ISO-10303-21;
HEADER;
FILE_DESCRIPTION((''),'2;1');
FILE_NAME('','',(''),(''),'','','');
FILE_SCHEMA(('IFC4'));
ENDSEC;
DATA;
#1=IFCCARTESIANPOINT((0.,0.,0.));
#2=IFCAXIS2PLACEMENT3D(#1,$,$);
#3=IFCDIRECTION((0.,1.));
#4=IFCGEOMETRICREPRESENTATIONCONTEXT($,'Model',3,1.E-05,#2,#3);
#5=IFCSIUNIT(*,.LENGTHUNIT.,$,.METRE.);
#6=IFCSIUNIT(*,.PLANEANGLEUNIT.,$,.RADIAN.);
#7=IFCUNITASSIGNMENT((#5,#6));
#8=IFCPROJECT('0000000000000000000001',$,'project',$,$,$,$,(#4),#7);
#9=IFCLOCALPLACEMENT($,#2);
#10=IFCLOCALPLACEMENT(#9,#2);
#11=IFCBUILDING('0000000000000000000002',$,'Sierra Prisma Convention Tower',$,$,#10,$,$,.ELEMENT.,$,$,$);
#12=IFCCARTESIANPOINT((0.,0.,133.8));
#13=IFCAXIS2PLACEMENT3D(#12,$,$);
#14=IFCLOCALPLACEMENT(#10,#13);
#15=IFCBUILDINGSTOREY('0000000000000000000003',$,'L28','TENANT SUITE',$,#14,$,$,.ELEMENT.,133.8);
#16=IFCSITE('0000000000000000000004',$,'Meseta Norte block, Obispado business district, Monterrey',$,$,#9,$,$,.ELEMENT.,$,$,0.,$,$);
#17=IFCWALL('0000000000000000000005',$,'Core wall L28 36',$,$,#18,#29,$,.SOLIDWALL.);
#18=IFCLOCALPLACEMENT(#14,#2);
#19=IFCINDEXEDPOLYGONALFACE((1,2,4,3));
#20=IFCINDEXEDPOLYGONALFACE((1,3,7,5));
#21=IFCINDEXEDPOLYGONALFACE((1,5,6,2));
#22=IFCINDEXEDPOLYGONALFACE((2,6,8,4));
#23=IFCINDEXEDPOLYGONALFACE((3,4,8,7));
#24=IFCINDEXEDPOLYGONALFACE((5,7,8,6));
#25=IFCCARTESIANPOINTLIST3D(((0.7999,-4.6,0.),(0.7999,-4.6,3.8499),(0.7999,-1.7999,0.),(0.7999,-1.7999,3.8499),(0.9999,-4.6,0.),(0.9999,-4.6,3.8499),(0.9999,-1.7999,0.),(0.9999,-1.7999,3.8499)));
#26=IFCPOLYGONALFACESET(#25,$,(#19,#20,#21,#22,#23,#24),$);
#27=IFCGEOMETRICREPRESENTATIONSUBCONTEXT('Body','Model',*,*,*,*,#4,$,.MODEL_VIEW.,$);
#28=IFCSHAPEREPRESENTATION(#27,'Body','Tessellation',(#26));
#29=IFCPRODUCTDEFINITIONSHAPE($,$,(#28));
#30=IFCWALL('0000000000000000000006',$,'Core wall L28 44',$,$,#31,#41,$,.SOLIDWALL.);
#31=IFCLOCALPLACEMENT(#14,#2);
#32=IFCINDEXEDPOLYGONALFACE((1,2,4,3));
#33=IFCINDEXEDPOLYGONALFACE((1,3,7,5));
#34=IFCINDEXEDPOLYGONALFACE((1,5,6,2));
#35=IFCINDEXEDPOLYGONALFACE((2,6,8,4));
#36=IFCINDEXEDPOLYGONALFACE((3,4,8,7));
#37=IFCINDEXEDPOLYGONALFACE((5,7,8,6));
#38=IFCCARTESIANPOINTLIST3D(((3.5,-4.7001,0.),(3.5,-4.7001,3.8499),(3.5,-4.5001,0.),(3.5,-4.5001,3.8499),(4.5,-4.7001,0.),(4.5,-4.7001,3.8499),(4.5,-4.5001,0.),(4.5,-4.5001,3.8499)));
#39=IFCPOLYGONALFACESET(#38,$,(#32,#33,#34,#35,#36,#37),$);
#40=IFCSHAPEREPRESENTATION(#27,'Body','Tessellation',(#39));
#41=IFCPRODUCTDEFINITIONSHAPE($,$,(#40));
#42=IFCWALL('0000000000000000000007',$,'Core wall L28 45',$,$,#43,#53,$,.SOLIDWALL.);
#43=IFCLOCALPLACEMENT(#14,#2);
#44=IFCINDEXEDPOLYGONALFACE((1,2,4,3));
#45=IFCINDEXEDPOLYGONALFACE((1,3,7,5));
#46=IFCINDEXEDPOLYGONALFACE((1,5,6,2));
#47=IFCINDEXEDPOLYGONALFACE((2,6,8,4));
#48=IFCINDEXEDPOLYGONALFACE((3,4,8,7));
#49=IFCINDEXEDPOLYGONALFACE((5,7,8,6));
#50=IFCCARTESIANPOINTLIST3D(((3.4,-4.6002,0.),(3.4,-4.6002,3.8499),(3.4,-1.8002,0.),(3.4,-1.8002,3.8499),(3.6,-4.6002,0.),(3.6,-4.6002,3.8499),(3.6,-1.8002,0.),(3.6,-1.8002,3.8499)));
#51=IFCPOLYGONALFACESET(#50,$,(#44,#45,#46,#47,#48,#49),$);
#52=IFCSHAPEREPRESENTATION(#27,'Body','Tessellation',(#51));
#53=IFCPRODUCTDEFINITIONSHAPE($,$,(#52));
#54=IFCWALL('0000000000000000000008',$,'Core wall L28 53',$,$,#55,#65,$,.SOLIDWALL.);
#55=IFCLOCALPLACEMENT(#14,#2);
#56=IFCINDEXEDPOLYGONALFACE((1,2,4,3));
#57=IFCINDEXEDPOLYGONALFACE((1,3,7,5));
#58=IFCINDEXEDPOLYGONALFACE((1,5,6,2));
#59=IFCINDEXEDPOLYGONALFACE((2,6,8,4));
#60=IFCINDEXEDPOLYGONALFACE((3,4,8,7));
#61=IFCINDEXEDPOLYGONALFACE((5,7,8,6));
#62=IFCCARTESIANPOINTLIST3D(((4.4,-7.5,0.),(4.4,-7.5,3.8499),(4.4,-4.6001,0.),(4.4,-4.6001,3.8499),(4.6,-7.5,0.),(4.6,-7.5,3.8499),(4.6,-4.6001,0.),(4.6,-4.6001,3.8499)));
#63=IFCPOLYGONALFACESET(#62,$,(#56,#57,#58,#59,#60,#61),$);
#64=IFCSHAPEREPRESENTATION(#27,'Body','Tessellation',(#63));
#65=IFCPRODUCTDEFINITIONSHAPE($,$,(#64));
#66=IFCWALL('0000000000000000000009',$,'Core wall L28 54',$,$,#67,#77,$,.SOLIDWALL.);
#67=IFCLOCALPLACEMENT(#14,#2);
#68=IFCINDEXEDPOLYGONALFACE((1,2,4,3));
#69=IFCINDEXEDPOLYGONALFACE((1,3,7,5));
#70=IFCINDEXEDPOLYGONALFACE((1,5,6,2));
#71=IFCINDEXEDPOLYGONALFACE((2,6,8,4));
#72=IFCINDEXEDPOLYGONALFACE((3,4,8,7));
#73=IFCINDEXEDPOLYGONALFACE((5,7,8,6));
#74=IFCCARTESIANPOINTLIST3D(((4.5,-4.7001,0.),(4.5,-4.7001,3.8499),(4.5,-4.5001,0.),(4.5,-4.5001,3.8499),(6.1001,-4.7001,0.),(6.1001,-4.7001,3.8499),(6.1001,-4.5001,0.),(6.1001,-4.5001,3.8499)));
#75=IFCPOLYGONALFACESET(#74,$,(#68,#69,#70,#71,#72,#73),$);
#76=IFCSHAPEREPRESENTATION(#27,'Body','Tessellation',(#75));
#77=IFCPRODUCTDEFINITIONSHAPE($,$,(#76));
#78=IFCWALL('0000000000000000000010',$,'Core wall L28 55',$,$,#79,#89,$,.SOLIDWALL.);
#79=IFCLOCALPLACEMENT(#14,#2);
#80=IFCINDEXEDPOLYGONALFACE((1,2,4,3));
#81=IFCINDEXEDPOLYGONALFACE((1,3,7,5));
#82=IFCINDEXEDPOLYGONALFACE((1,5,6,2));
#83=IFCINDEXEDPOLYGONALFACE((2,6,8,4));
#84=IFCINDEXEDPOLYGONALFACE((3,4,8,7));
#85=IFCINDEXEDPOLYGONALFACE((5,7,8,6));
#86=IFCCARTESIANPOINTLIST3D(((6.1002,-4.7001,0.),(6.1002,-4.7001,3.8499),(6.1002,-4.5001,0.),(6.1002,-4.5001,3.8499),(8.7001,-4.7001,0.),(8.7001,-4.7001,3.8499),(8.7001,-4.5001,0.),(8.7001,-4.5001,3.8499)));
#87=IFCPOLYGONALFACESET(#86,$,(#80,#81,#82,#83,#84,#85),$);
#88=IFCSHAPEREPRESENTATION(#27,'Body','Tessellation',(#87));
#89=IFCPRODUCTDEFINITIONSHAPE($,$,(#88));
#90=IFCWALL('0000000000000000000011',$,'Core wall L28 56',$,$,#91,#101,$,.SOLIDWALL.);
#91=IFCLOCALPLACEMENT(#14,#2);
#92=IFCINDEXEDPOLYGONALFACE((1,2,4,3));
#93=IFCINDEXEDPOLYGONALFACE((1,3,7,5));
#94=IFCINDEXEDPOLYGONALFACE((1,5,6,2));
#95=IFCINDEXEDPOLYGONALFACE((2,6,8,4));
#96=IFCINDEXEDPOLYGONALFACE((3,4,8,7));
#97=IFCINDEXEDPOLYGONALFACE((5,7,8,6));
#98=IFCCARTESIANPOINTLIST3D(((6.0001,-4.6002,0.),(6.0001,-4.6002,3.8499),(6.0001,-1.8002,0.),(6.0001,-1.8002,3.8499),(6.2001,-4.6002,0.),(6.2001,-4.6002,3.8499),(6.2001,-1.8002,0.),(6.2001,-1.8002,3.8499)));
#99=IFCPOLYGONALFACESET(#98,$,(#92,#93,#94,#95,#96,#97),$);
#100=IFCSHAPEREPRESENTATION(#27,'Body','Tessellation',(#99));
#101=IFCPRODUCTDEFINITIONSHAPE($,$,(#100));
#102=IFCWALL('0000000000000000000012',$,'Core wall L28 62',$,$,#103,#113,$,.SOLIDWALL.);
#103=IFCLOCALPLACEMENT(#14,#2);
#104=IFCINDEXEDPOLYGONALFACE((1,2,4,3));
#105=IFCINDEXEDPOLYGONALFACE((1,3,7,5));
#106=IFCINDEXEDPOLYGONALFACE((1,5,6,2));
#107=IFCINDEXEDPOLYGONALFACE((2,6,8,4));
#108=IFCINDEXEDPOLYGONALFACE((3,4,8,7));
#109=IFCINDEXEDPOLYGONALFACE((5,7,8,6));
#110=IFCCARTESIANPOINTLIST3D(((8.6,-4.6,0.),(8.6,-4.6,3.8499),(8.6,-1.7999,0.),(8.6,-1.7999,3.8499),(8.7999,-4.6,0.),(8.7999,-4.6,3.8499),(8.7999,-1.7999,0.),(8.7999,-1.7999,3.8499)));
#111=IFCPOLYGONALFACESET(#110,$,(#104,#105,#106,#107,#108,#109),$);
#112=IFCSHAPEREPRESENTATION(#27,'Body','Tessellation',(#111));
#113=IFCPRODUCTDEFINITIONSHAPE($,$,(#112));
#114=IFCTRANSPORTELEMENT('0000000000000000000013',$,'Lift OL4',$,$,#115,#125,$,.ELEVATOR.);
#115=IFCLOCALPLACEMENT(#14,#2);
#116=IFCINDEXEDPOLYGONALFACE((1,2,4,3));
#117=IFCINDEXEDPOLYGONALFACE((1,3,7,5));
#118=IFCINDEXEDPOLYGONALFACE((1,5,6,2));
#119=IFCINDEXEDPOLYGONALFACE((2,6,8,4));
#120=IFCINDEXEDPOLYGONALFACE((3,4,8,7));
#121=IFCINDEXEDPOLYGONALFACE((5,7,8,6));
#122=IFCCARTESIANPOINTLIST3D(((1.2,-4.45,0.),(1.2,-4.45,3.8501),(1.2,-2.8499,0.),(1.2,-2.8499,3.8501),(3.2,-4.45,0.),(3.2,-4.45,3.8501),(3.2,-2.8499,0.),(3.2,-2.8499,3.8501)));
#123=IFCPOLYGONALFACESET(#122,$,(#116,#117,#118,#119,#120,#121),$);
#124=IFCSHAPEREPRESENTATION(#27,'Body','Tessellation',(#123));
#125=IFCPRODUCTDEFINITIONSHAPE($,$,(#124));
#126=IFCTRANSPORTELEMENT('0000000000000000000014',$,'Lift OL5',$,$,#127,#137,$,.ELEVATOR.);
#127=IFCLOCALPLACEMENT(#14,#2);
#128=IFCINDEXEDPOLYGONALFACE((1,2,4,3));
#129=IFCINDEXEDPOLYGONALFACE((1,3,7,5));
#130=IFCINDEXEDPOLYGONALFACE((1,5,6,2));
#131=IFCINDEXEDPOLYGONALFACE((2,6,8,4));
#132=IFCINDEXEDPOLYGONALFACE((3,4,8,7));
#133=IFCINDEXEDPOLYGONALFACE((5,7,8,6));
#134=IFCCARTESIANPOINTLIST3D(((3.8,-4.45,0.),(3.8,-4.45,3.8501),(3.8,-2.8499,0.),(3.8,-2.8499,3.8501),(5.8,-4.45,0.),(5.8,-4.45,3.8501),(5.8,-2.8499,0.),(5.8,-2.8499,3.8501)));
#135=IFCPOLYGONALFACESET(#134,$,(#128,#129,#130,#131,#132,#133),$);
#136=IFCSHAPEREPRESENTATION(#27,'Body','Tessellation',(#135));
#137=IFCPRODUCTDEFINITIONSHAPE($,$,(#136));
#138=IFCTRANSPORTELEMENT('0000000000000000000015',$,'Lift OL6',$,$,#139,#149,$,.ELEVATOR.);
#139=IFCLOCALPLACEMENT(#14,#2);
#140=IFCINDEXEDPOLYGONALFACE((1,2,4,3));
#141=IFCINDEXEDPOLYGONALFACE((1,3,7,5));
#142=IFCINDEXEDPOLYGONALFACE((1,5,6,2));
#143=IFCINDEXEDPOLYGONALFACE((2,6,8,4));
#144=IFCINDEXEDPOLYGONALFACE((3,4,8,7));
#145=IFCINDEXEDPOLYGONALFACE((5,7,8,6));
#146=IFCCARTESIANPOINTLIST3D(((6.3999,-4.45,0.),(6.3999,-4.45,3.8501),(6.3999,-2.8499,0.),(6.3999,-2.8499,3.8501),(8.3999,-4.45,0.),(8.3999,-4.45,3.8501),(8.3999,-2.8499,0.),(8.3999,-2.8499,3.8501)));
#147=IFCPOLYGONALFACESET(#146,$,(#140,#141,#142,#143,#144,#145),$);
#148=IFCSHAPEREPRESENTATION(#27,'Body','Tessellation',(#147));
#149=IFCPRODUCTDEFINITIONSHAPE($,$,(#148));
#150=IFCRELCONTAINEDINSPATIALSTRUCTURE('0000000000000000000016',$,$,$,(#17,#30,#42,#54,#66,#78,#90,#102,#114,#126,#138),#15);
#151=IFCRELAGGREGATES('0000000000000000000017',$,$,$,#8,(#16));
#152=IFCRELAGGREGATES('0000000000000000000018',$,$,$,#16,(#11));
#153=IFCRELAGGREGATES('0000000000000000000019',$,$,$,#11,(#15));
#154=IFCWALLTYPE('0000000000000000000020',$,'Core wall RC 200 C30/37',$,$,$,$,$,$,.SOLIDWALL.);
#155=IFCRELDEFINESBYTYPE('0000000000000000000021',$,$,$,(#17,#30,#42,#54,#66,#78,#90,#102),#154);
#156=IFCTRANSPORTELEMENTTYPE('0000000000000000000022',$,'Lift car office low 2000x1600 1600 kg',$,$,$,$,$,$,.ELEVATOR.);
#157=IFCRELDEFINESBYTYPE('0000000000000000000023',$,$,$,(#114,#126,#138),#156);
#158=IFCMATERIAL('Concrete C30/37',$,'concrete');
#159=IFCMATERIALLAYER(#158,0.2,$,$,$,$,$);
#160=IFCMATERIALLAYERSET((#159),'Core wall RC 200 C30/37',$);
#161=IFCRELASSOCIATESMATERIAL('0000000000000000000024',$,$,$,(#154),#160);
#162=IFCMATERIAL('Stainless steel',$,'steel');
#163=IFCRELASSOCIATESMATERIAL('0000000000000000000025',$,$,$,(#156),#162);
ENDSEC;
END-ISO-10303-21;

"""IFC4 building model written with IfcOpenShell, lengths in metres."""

from ifc_helpers import new_model, si_unit, direction, frame, frame_2d, origin, origin_2d, place, context, subcontext, project, spatial, rectangle, extrude, material, layer, layer_set, type_object, element, save


model = new_model("IFC4")

# Units and contexts
model_context = context("Model", 3, precision=1e-05, world=origin(), true_north=direction((0.0, 1.0)))
body_context = subcontext(model_context, "Body", "Model", "MODEL_VIEW")
ifc_project = project(units=[si_unit("LENGTHUNIT", "METRE"), si_unit("PLANEANGLEUNIT", "RADIAN")], contexts=[model_context])

# Site, building, storey
site_placement = place(None, origin())
site = spatial("IfcSite", under=ifc_project, at=site_placement, Name="Meseta Norte block, Obispado business district, Monterrey", CompositionType="ELEMENT", RefElevation=0.0)
building_placement = place(site_placement, origin())
building = spatial("IfcBuilding", under=site, at=building_placement, Name="Sierra Prisma Convention Tower", CompositionType="ELEMENT")
storey_placement = place(building_placement, frame((0.0, 0.0, 133.8)))
storey = spatial("IfcBuildingStorey", under=building, at=storey_placement, Name="L28", Description="TENANT SUITE", CompositionType="ELEMENT", Elevation=133.8)

# Shared definitions
ifc_material_1 = material(Name="Concrete C30/37", Category="concrete")
ifc_layer = layer(ifc_material_1, 0.2)
ifc_layer_set = layer_set([ifc_layer], Name="Core wall RC 200 C30/37")
wall_type = type_object("IfcWallType", Name="Core wall RC 200 C30/37", PredefinedType="SOLIDWALL", material=ifc_layer_set)

# Walls
wall_1_placement = place(storey_placement, frame((0.8999, -1.8, 0.0), z_axis=(0.0, 0.0, 1.0), x_axis=(0.0, -1.0, 0.0)))
element("IfcWall", 1, at=wall_1_placement, inside=storey, type_object=wall_type, Name="Core wall L28 36", PredefinedType="SOLIDWALL", context=body_context, shape_type="SweptSolid", body=[
    extrude(rectangle(XDim=2.8, YDim=0.2, at=frame_2d((1.3999, 0.0))), origin(), (0.0, 0.0, 1.0), 3.8499),
])
wall_2_placement = place(storey_placement, frame((4.5, -4.6001, 0.0), z_axis=(0.0, 0.0, 1.0), x_axis=(-1.0, 0.0, 0.0)))
element("IfcWall", 2, at=wall_2_placement, inside=storey, type_object=wall_type, Name="Core wall L28 44", PredefinedType="SOLIDWALL", context=body_context, shape_type="SweptSolid", body=[
    extrude(rectangle(XDim=1.0, YDim=0.2, at=frame_2d((0.5, 0.0))), origin(), (0.0, 0.0, 1.0), 3.8499),
])
wall_3_placement = place(storey_placement, frame((3.5, -4.6001, 0.0), z_axis=(0.0, 0.0, 1.0), x_axis=(0.0, 1.0, 0.0)))
element("IfcWall", 3, at=wall_3_placement, inside=storey, type_object=wall_type, Name="Core wall L28 45", PredefinedType="SOLIDWALL", context=body_context, shape_type="SweptSolid", body=[
    extrude(rectangle(XDim=2.8, YDim=0.2, at=frame_2d((1.3999, 0.0))), origin(), (0.0, 0.0, 1.0), 3.8499),
])

# Walls
wall_4_placement = place(storey_placement, frame((4.5, -4.6001, 0.0), z_axis=(0.0, 0.0, 1.0), x_axis=(0.0, -1.0, 0.0)))
element("IfcWall", 4, at=wall_4_placement, inside=storey, type_object=wall_type, Name="Core wall L28 53", PredefinedType="SOLIDWALL", context=body_context, shape_type="SweptSolid", body=[
    extrude(rectangle(XDim=2.8999, YDim=0.2, at=frame_2d((1.45, 0.0))), origin(), (0.0, 0.0, 1.0), 3.8499),
])
wall_5_placement = place(storey_placement, frame((6.1001, -4.6001, 0.0), z_axis=(0.0, 0.0, 1.0), x_axis=(-1.0, 0.0, 0.0)))
element("IfcWall", 5, at=wall_5_placement, inside=storey, type_object=wall_type, Name="Core wall L28 54", PredefinedType="SOLIDWALL", context=body_context, shape_type="SweptSolid", body=[
    extrude(rectangle(XDim=1.6001, YDim=0.2, at=frame_2d((0.8, 0.0))), origin(), (0.0, 0.0, 1.0), 3.8499),
])
wall_6_placement = place(storey_placement, frame((8.7, -4.6001, 0.0), z_axis=(0.0, 0.0, 1.0), x_axis=(-1.0, 0.0, 0.0)))
element("IfcWall", 6, at=wall_6_placement, inside=storey, type_object=wall_type, Name="Core wall L28 55", PredefinedType="SOLIDWALL", context=body_context, shape_type="SweptSolid", body=[
    extrude(rectangle(XDim=2.5999, YDim=0.2, at=frame_2d((1.2998, 0.0))), origin(), (0.0, 0.0, 1.0), 3.8499),
])
wall_7_placement = place(storey_placement, frame((6.1001, -4.6001, 0.0), z_axis=(0.0, 0.0, 1.0), x_axis=(0.0, 1.0, 0.0)))
element("IfcWall", 7, at=wall_7_placement, inside=storey, type_object=wall_type, Name="Core wall L28 56", PredefinedType="SOLIDWALL", context=body_context, shape_type="SweptSolid", body=[
    extrude(rectangle(XDim=2.8, YDim=0.2, at=frame_2d((1.3999, 0.0))), origin(), (0.0, 0.0, 1.0), 3.8499),
])

# Wall
wall_8_placement = place(storey_placement, frame((8.7, -1.8, 0.0), z_axis=(0.0, 0.0, 1.0), x_axis=(0.0, -1.0, 0.0)))
element("IfcWall", 8, at=wall_8_placement, inside=storey, type_object=wall_type, Name="Core wall L28 62", PredefinedType="SOLIDWALL", context=body_context, shape_type="SweptSolid", body=[
    extrude(rectangle(XDim=2.8, YDim=0.2, at=frame_2d((1.3999, 0.0))), origin(), (0.0, 0.0, 1.0), 3.8499),
])

# Transport elements
ifc_material_2 = material(Name="Stainless steel", Category="steel")
transport_element_type = type_object("IfcTransportElementType", Name="Lift car office low 2000x1600 1600 kg", PredefinedType="ELEVATOR", material=ifc_material_2)
for number, where, z_axis, x_axis, name in (
    (9, (2.2, -3.6499, 0.0), (0.0, 0.0, 1.0), (1.0, 0.0, 0.0), "Lift OL4"),
    (10, (4.8, -3.6499, 0.0), (0.0, 0.0, 1.0), (1.0, 0.0, 0.0), "Lift OL5"),
    (11, (7.3999, -3.6499, 0.0), (0.0, 0.0, 1.0), (1.0, 0.0, 0.0), "Lift OL6"),
):
    element("IfcTransportElement", number, at=place(storey_placement, frame(where, z_axis=z_axis, x_axis=x_axis)), inside=storey, type_object=transport_element_type, Name=name, PredefinedType="ELEVATOR", context=body_context, shape_type="SweptSolid", body=[
        extrude(rectangle(XDim=2.0, YDim=1.6001, at=origin_2d()), origin(), (0.0, 0.0, 1.0), 3.8501),
    ])

save(model, "model.ifc")
